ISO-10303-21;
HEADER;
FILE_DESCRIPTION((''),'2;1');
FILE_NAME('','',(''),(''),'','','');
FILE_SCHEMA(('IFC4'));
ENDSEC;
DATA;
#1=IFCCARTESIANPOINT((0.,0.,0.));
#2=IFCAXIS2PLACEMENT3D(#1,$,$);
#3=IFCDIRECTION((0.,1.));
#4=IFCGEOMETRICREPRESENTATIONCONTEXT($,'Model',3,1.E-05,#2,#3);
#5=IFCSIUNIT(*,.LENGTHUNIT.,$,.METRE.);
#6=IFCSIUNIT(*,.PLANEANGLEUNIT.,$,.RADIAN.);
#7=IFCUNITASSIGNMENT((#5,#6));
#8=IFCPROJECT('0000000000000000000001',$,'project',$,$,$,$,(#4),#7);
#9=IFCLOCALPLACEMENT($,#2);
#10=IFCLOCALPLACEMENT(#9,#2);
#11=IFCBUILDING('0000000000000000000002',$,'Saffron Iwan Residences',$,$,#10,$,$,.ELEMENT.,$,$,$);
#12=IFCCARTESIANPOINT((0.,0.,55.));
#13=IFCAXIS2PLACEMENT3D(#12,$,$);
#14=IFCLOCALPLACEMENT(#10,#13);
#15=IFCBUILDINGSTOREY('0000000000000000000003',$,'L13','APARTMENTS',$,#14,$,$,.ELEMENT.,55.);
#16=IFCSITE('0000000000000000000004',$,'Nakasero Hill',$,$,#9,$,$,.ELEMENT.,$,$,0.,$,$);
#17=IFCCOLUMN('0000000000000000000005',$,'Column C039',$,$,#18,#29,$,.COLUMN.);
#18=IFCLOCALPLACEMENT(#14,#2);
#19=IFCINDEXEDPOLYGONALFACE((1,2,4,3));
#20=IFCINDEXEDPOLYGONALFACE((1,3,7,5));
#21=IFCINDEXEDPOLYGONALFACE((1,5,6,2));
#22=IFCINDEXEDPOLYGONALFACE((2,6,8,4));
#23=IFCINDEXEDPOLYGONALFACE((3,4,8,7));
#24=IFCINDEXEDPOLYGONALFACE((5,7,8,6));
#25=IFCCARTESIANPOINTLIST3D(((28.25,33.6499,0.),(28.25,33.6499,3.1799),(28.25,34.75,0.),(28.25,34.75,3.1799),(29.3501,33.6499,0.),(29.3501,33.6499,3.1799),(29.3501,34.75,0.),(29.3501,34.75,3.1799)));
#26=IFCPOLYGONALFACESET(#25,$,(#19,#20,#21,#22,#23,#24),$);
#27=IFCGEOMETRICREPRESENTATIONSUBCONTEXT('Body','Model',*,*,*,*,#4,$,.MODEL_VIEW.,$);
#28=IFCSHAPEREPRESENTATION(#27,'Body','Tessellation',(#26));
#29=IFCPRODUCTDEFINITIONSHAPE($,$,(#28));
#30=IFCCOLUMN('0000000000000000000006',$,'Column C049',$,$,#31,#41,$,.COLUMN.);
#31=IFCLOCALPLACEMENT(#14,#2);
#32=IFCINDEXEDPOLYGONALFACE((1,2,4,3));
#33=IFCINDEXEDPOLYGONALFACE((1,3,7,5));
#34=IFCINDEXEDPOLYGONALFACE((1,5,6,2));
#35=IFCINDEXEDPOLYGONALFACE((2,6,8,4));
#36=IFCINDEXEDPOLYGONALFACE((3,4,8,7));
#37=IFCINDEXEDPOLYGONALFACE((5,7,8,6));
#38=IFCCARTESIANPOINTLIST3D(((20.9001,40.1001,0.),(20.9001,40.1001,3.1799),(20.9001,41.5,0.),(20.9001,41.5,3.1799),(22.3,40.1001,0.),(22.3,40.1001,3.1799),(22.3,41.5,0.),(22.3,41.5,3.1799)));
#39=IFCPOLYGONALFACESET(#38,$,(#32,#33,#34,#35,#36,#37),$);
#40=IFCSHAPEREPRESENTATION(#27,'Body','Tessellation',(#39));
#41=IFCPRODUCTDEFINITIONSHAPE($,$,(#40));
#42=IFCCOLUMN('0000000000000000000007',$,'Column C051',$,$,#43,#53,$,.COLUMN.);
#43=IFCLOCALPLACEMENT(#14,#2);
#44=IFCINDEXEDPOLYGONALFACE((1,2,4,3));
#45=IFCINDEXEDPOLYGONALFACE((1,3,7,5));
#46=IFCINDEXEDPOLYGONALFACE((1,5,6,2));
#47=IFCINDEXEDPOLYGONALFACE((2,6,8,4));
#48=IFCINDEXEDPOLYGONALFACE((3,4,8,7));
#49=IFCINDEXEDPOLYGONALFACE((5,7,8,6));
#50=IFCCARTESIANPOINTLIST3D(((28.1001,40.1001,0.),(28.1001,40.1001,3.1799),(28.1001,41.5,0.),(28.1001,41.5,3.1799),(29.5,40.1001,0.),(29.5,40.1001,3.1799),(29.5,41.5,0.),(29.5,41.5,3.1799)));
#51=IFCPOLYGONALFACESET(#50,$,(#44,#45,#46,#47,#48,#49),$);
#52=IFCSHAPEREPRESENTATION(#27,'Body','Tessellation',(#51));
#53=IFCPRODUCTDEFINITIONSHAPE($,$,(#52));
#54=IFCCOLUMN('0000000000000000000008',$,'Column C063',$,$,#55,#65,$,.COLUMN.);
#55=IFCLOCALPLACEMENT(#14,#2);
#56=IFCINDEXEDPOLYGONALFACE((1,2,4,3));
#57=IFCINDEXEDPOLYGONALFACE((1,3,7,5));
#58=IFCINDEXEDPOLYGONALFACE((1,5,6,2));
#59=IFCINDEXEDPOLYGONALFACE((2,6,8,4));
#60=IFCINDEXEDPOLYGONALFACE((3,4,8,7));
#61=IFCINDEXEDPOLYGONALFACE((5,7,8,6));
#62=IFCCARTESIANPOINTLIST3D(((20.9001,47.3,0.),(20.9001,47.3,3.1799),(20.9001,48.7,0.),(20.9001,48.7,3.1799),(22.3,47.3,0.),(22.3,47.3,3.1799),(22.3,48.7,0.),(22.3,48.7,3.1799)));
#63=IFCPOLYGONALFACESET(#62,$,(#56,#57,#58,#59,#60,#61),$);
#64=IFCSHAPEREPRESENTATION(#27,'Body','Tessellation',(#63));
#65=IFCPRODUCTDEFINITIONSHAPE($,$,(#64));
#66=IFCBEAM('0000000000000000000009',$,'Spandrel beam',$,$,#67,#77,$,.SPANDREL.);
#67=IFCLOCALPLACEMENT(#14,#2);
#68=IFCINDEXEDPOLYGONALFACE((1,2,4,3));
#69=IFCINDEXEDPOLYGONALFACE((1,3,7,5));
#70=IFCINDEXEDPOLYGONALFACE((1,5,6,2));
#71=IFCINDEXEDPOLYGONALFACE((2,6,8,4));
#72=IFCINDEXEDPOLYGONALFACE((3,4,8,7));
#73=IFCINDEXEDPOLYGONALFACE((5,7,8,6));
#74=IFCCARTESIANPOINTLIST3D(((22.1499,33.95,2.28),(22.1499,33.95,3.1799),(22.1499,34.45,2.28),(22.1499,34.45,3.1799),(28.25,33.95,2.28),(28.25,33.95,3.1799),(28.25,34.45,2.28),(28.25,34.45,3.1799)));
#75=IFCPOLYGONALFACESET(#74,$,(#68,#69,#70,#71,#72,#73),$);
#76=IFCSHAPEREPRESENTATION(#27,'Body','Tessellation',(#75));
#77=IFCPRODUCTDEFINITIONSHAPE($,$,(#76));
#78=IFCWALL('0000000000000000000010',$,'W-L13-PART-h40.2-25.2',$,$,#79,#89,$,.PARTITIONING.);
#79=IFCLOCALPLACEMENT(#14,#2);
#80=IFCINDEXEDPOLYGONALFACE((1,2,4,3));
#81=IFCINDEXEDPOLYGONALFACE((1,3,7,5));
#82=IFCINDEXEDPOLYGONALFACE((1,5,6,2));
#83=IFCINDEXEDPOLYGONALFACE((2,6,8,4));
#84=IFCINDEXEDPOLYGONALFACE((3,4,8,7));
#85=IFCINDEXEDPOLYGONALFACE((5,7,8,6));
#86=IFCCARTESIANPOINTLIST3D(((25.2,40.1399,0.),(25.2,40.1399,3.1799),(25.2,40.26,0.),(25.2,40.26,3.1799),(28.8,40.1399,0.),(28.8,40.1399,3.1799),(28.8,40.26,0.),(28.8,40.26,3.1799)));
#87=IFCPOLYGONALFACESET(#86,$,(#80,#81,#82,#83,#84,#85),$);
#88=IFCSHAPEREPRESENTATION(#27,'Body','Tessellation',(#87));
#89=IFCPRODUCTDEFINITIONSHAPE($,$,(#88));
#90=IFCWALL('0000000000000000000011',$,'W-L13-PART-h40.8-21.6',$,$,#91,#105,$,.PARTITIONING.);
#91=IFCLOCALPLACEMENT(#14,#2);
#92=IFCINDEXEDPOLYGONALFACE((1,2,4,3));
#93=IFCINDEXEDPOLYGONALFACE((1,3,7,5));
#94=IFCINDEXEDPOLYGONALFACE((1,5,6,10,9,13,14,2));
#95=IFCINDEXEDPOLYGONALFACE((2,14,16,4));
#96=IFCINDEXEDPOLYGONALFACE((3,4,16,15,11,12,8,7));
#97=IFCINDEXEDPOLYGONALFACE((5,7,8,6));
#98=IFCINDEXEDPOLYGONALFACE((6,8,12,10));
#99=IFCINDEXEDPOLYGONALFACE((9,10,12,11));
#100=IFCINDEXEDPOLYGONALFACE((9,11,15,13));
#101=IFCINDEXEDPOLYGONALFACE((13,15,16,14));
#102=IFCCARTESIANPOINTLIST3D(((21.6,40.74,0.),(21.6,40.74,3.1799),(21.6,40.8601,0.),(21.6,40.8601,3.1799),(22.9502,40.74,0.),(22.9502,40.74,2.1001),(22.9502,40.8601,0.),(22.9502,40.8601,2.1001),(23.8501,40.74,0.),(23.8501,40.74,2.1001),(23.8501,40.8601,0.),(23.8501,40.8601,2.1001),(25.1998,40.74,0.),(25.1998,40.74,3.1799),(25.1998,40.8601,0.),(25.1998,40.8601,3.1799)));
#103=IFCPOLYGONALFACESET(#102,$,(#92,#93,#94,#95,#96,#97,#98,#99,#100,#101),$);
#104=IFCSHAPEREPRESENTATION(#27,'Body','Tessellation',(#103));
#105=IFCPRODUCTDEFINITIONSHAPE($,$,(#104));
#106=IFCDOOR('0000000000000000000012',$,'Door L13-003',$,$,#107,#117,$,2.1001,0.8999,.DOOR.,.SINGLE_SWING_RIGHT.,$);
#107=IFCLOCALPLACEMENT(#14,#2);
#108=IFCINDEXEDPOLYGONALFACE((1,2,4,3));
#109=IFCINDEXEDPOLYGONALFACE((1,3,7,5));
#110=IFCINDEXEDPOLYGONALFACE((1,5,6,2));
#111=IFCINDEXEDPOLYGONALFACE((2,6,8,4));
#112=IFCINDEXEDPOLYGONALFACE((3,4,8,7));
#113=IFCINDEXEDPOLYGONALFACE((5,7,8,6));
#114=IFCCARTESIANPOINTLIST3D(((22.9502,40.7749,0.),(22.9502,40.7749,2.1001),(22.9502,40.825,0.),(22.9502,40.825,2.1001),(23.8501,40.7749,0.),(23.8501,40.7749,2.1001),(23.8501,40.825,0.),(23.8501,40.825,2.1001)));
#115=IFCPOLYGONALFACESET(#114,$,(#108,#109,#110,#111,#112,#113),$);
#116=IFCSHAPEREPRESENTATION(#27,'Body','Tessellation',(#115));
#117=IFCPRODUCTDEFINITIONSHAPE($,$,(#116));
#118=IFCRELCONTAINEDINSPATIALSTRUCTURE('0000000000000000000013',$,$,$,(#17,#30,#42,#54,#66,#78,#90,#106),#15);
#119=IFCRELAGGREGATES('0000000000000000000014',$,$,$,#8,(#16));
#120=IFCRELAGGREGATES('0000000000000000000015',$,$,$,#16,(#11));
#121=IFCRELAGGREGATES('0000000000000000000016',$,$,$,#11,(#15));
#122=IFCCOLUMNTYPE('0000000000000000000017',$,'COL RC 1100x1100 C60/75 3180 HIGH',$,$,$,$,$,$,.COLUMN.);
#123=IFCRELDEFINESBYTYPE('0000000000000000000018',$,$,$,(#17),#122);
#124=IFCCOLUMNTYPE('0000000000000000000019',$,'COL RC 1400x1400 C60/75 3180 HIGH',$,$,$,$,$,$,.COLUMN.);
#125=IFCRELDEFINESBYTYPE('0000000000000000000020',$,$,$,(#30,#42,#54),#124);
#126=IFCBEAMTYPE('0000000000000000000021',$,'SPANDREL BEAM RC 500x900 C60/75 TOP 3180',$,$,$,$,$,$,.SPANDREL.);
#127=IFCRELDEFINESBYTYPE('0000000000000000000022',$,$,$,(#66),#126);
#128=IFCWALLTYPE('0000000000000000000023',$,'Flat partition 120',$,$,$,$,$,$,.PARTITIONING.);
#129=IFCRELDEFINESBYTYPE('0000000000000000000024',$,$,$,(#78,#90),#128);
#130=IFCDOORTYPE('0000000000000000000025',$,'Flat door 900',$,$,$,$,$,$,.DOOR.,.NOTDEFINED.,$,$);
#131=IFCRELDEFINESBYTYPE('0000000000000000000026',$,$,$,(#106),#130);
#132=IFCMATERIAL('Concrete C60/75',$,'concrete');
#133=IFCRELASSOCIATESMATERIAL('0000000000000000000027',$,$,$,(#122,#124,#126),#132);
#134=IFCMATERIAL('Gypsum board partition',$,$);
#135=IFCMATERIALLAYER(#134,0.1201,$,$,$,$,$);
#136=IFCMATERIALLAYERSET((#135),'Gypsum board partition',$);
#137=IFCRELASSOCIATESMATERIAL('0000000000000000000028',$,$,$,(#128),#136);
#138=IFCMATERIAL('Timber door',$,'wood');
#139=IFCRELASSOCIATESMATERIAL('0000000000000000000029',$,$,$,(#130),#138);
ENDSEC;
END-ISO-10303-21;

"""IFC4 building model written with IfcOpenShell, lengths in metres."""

from ifc_helpers import new_model, si_unit, direction, frame, frame_2d, origin, origin_2d, place, context, subcontext, project, spatial, rectangle, extrude, source, transform, mapped, material, layer, layer_set, material_profile, profile_set, type_object, element, fill, save


model = new_model("IFC4")

# Units and contexts
model_context = context("Model", 3, precision=1e-05, world=origin(), true_north=direction((0.0, 1.0)))
body_context = subcontext(model_context, "Body", "Model", "MODEL_VIEW")
ifc_project = project(units=[si_unit("LENGTHUNIT", "METRE"), si_unit("PLANEANGLEUNIT", "RADIAN")], contexts=[model_context])

# Site, building, storey
site_placement = place(None, origin())
site = spatial("IfcSite", under=ifc_project, at=site_placement, Name="Nakasero Hill", CompositionType="ELEMENT", RefElevation=0.0)
building_placement = place(site_placement, origin())
building = spatial("IfcBuilding", under=site, at=building_placement, Name="Saffron Iwan Residences", CompositionType="ELEMENT")
storey_placement = place(building_placement, frame((0.0, 0.0, 55.0)))
storey = spatial("IfcBuildingStorey", under=building, at=storey_placement, Name="L13", Description="APARTMENTS", CompositionType="ELEMENT", Elevation=55.0)

# Columns
ifc_material_1 = material(Name="Concrete C60/75", Category="concrete")
ifc_material_profile_1 = material_profile(ifc_material_1, rectangle(XDim=1.1001, YDim=1.1001, at=origin_2d()), Name="RC 1100x1100")
ifc_profile_set_1 = profile_set([ifc_material_profile_1], Name="Concrete C60/75")
column_type_1 = type_object("IfcColumnType", Name="COL RC 1100x1100 C60/75 3180 HIGH", PredefinedType="COLUMN", material=ifc_profile_set_1)
shared_shape_1 = source(origin(), body_context, "Body", "SweptSolid", [
    extrude(rectangle(XDim=1.1001, YDim=1.1001, at=origin_2d()), origin(), (0.0, 0.0, 1.0), 3.1799),
])
column_placement = place(storey_placement, frame((28.8, 34.2, 0.0), z_axis=(0.0, 0.0, 1.0), x_axis=(1.0, 0.0, 0.0)))
element("IfcColumn", 1, at=column_placement, inside=storey, type_object=column_type_1, Name="Column C039", PredefinedType="COLUMN", context=body_context, shape_type="MappedRepresentation", body=[
    mapped(shared_shape_1, transform((0.0, 0.0, 0.0))),
])
ifc_material_profile_2 = material_profile(ifc_material_1, rectangle(XDim=1.3999, YDim=1.3999, at=origin_2d()), Name="RC 1400x1400")
ifc_profile_set_2 = profile_set([ifc_material_profile_2], Name="Concrete C60/75")
column_type_2 = type_object("IfcColumnType", Name="COL RC 1400x1400 C60/75 3180 HIGH", PredefinedType="COLUMN", material=ifc_profile_set_2)
shared_shape_2 = source(origin(), body_context, "Body", "SweptSolid", [
    extrude(rectangle(XDim=1.3999, YDim=1.3999, at=origin_2d()), origin(), (0.0, 0.0, 1.0), 3.1799),
])
for number, where, z_axis, x_axis, name in (
    (2, (21.6001, 40.8, 0.0), (0.0, 0.0, 1.0), (1.0, 0.0, 0.0), "Column C049"),
    (3, (28.8, 40.8, 0.0), (0.0, 0.0, 1.0), (1.0, 0.0, 0.0), "Column C051"),
    (4, (21.6001, 48.0, 0.0), (0.0, 0.0, 1.0), (1.0, 0.0, 0.0), "Column C063"),
):
    element("IfcColumn", number, at=place(storey_placement, frame(where, z_axis=z_axis, x_axis=x_axis)), inside=storey, type_object=column_type_2, Name=name, PredefinedType="COLUMN", context=body_context, shape_type="MappedRepresentation", body=[
        mapped(shared_shape_2, transform((0.0, 0.0, 0.0))),
    ])

# Beam
ifc_material_profile_3 = material_profile(ifc_material_1, rectangle(XDim=0.5, YDim=0.8999, at=origin_2d()), Name="RC 500x900")
ifc_profile_set_3 = profile_set([ifc_material_profile_3], Name="Concrete C60/75")
beam_type = type_object("IfcBeamType", Name="SPANDREL BEAM RC 500x900 C60/75 TOP 3180", PredefinedType="SPANDREL", material=ifc_profile_set_3)
shared_shape_3 = source(origin(), body_context, "Body", "SweptSolid", [
    extrude(rectangle(XDim=0.5, YDim=0.8999, at=origin_2d()), origin(), (0.0, 0.0, 1.0), 6.1001),
])
beam_placement = place(storey_placement, frame((28.25, 34.2, 2.73), z_axis=(-1.0, 0.0, 0.0), x_axis=(0.0, -1.0, 0.0)))
element("IfcBeam", 5, at=beam_placement, inside=storey, type_object=beam_type, Name="Spandrel beam", PredefinedType="SPANDREL", context=body_context, shape_type="MappedRepresentation", body=[
    mapped(shared_shape_3, transform((0.0, 0.0, 0.0))),
])

# Wall
ifc_material_2 = material(Name="Gypsum board partition")
ifc_layer = layer(ifc_material_2, 0.1201)
ifc_layer_set = layer_set([ifc_layer], Name="Gypsum board partition")
wall_type = type_object("IfcWallType", Name="Flat partition 120", PredefinedType="PARTITIONING", material=ifc_layer_set)
wall_1_placement = place(storey_placement, frame((25.2, 40.2, 0.0), z_axis=(0.0, 0.0, 1.0), x_axis=(1.0, 0.0, 0.0)))
element("IfcWall", 6, at=wall_1_placement, inside=storey, type_object=wall_type, Name="W-L13-PART-h40.2-25.2", PredefinedType="PARTITIONING", context=body_context, shape_type="SweptSolid", body=[
    extrude(rectangle(XDim=3.6001, YDim=0.1201, at=frame_2d((1.8, 0.0))), origin(), (0.0, 0.0, 1.0), 3.1799),
])

# Wall, opening, door
wall_2_placement = place(storey_placement, frame((21.6001, 40.8, 0.0), z_axis=(0.0, 0.0, 1.0), x_axis=(1.0, 0.0, 0.0)))
wall_2 = element("IfcWall", 7, at=wall_2_placement, inside=storey, type_object=wall_type, Name="W-L13-PART-h40.8-21.6", PredefinedType="PARTITIONING", context=body_context, shape_type="SweptSolid", body=[
    extrude(rectangle(XDim=3.5999, YDim=0.1201, at=frame_2d((1.7998, 0.0))), origin(), (0.0, 0.0, 1.0), 3.1799),
])
opening_1_placement = place(wall_2_placement, frame((1.3501, 0.0, 0.0)))
opening_1 = element("IfcOpeningElement", 8, at=opening_1_placement, cuts=wall_2, PredefinedType="OPENING", context=body_context, shape_type="SweptSolid", body=[
    extrude(rectangle(XDim=0.8999, YDim=2.1001, at=frame_2d((0.45, 1.05))), frame((0.0, 0.0701, 0.0), z_axis=(0.0, -1.0, 0.0), x_axis=(1.0, 0.0, 0.0)), (0.0, 0.0, 1.0), 0.1401),
])
ifc_material_3 = material(Name="Timber door", Category="wood")
door_type_1 = type_object("IfcDoorType", Name="Flat door 900", OperationType="NOTDEFINED", PredefinedType="DOOR", material=ifc_material_3)
door_1_placement = place(opening_1_placement, origin())
door_1 = element("IfcDoor", 9, at=door_1_placement, inside=storey, type_object=door_type_1, Name="Door L13-003", OperationType="SINGLE_SWING_RIGHT", OverallHeight=2.1001, OverallWidth=0.8999, PredefinedType="DOOR", context=body_context, shape_type="SweptSolid", body=[
    extrude(rectangle(XDim=0.8999, YDim=2.1001, at=frame_2d((0.45, 1.05))), frame((0.0, 0.0249, 0.0), z_axis=(0.0, -1.0, 0.0), x_axis=(1.0, 0.0, 0.0)), (0.0, 0.0, 1.0), 0.05),
])
fill(opening_1, door_1)

save(model, "model.ifc")
